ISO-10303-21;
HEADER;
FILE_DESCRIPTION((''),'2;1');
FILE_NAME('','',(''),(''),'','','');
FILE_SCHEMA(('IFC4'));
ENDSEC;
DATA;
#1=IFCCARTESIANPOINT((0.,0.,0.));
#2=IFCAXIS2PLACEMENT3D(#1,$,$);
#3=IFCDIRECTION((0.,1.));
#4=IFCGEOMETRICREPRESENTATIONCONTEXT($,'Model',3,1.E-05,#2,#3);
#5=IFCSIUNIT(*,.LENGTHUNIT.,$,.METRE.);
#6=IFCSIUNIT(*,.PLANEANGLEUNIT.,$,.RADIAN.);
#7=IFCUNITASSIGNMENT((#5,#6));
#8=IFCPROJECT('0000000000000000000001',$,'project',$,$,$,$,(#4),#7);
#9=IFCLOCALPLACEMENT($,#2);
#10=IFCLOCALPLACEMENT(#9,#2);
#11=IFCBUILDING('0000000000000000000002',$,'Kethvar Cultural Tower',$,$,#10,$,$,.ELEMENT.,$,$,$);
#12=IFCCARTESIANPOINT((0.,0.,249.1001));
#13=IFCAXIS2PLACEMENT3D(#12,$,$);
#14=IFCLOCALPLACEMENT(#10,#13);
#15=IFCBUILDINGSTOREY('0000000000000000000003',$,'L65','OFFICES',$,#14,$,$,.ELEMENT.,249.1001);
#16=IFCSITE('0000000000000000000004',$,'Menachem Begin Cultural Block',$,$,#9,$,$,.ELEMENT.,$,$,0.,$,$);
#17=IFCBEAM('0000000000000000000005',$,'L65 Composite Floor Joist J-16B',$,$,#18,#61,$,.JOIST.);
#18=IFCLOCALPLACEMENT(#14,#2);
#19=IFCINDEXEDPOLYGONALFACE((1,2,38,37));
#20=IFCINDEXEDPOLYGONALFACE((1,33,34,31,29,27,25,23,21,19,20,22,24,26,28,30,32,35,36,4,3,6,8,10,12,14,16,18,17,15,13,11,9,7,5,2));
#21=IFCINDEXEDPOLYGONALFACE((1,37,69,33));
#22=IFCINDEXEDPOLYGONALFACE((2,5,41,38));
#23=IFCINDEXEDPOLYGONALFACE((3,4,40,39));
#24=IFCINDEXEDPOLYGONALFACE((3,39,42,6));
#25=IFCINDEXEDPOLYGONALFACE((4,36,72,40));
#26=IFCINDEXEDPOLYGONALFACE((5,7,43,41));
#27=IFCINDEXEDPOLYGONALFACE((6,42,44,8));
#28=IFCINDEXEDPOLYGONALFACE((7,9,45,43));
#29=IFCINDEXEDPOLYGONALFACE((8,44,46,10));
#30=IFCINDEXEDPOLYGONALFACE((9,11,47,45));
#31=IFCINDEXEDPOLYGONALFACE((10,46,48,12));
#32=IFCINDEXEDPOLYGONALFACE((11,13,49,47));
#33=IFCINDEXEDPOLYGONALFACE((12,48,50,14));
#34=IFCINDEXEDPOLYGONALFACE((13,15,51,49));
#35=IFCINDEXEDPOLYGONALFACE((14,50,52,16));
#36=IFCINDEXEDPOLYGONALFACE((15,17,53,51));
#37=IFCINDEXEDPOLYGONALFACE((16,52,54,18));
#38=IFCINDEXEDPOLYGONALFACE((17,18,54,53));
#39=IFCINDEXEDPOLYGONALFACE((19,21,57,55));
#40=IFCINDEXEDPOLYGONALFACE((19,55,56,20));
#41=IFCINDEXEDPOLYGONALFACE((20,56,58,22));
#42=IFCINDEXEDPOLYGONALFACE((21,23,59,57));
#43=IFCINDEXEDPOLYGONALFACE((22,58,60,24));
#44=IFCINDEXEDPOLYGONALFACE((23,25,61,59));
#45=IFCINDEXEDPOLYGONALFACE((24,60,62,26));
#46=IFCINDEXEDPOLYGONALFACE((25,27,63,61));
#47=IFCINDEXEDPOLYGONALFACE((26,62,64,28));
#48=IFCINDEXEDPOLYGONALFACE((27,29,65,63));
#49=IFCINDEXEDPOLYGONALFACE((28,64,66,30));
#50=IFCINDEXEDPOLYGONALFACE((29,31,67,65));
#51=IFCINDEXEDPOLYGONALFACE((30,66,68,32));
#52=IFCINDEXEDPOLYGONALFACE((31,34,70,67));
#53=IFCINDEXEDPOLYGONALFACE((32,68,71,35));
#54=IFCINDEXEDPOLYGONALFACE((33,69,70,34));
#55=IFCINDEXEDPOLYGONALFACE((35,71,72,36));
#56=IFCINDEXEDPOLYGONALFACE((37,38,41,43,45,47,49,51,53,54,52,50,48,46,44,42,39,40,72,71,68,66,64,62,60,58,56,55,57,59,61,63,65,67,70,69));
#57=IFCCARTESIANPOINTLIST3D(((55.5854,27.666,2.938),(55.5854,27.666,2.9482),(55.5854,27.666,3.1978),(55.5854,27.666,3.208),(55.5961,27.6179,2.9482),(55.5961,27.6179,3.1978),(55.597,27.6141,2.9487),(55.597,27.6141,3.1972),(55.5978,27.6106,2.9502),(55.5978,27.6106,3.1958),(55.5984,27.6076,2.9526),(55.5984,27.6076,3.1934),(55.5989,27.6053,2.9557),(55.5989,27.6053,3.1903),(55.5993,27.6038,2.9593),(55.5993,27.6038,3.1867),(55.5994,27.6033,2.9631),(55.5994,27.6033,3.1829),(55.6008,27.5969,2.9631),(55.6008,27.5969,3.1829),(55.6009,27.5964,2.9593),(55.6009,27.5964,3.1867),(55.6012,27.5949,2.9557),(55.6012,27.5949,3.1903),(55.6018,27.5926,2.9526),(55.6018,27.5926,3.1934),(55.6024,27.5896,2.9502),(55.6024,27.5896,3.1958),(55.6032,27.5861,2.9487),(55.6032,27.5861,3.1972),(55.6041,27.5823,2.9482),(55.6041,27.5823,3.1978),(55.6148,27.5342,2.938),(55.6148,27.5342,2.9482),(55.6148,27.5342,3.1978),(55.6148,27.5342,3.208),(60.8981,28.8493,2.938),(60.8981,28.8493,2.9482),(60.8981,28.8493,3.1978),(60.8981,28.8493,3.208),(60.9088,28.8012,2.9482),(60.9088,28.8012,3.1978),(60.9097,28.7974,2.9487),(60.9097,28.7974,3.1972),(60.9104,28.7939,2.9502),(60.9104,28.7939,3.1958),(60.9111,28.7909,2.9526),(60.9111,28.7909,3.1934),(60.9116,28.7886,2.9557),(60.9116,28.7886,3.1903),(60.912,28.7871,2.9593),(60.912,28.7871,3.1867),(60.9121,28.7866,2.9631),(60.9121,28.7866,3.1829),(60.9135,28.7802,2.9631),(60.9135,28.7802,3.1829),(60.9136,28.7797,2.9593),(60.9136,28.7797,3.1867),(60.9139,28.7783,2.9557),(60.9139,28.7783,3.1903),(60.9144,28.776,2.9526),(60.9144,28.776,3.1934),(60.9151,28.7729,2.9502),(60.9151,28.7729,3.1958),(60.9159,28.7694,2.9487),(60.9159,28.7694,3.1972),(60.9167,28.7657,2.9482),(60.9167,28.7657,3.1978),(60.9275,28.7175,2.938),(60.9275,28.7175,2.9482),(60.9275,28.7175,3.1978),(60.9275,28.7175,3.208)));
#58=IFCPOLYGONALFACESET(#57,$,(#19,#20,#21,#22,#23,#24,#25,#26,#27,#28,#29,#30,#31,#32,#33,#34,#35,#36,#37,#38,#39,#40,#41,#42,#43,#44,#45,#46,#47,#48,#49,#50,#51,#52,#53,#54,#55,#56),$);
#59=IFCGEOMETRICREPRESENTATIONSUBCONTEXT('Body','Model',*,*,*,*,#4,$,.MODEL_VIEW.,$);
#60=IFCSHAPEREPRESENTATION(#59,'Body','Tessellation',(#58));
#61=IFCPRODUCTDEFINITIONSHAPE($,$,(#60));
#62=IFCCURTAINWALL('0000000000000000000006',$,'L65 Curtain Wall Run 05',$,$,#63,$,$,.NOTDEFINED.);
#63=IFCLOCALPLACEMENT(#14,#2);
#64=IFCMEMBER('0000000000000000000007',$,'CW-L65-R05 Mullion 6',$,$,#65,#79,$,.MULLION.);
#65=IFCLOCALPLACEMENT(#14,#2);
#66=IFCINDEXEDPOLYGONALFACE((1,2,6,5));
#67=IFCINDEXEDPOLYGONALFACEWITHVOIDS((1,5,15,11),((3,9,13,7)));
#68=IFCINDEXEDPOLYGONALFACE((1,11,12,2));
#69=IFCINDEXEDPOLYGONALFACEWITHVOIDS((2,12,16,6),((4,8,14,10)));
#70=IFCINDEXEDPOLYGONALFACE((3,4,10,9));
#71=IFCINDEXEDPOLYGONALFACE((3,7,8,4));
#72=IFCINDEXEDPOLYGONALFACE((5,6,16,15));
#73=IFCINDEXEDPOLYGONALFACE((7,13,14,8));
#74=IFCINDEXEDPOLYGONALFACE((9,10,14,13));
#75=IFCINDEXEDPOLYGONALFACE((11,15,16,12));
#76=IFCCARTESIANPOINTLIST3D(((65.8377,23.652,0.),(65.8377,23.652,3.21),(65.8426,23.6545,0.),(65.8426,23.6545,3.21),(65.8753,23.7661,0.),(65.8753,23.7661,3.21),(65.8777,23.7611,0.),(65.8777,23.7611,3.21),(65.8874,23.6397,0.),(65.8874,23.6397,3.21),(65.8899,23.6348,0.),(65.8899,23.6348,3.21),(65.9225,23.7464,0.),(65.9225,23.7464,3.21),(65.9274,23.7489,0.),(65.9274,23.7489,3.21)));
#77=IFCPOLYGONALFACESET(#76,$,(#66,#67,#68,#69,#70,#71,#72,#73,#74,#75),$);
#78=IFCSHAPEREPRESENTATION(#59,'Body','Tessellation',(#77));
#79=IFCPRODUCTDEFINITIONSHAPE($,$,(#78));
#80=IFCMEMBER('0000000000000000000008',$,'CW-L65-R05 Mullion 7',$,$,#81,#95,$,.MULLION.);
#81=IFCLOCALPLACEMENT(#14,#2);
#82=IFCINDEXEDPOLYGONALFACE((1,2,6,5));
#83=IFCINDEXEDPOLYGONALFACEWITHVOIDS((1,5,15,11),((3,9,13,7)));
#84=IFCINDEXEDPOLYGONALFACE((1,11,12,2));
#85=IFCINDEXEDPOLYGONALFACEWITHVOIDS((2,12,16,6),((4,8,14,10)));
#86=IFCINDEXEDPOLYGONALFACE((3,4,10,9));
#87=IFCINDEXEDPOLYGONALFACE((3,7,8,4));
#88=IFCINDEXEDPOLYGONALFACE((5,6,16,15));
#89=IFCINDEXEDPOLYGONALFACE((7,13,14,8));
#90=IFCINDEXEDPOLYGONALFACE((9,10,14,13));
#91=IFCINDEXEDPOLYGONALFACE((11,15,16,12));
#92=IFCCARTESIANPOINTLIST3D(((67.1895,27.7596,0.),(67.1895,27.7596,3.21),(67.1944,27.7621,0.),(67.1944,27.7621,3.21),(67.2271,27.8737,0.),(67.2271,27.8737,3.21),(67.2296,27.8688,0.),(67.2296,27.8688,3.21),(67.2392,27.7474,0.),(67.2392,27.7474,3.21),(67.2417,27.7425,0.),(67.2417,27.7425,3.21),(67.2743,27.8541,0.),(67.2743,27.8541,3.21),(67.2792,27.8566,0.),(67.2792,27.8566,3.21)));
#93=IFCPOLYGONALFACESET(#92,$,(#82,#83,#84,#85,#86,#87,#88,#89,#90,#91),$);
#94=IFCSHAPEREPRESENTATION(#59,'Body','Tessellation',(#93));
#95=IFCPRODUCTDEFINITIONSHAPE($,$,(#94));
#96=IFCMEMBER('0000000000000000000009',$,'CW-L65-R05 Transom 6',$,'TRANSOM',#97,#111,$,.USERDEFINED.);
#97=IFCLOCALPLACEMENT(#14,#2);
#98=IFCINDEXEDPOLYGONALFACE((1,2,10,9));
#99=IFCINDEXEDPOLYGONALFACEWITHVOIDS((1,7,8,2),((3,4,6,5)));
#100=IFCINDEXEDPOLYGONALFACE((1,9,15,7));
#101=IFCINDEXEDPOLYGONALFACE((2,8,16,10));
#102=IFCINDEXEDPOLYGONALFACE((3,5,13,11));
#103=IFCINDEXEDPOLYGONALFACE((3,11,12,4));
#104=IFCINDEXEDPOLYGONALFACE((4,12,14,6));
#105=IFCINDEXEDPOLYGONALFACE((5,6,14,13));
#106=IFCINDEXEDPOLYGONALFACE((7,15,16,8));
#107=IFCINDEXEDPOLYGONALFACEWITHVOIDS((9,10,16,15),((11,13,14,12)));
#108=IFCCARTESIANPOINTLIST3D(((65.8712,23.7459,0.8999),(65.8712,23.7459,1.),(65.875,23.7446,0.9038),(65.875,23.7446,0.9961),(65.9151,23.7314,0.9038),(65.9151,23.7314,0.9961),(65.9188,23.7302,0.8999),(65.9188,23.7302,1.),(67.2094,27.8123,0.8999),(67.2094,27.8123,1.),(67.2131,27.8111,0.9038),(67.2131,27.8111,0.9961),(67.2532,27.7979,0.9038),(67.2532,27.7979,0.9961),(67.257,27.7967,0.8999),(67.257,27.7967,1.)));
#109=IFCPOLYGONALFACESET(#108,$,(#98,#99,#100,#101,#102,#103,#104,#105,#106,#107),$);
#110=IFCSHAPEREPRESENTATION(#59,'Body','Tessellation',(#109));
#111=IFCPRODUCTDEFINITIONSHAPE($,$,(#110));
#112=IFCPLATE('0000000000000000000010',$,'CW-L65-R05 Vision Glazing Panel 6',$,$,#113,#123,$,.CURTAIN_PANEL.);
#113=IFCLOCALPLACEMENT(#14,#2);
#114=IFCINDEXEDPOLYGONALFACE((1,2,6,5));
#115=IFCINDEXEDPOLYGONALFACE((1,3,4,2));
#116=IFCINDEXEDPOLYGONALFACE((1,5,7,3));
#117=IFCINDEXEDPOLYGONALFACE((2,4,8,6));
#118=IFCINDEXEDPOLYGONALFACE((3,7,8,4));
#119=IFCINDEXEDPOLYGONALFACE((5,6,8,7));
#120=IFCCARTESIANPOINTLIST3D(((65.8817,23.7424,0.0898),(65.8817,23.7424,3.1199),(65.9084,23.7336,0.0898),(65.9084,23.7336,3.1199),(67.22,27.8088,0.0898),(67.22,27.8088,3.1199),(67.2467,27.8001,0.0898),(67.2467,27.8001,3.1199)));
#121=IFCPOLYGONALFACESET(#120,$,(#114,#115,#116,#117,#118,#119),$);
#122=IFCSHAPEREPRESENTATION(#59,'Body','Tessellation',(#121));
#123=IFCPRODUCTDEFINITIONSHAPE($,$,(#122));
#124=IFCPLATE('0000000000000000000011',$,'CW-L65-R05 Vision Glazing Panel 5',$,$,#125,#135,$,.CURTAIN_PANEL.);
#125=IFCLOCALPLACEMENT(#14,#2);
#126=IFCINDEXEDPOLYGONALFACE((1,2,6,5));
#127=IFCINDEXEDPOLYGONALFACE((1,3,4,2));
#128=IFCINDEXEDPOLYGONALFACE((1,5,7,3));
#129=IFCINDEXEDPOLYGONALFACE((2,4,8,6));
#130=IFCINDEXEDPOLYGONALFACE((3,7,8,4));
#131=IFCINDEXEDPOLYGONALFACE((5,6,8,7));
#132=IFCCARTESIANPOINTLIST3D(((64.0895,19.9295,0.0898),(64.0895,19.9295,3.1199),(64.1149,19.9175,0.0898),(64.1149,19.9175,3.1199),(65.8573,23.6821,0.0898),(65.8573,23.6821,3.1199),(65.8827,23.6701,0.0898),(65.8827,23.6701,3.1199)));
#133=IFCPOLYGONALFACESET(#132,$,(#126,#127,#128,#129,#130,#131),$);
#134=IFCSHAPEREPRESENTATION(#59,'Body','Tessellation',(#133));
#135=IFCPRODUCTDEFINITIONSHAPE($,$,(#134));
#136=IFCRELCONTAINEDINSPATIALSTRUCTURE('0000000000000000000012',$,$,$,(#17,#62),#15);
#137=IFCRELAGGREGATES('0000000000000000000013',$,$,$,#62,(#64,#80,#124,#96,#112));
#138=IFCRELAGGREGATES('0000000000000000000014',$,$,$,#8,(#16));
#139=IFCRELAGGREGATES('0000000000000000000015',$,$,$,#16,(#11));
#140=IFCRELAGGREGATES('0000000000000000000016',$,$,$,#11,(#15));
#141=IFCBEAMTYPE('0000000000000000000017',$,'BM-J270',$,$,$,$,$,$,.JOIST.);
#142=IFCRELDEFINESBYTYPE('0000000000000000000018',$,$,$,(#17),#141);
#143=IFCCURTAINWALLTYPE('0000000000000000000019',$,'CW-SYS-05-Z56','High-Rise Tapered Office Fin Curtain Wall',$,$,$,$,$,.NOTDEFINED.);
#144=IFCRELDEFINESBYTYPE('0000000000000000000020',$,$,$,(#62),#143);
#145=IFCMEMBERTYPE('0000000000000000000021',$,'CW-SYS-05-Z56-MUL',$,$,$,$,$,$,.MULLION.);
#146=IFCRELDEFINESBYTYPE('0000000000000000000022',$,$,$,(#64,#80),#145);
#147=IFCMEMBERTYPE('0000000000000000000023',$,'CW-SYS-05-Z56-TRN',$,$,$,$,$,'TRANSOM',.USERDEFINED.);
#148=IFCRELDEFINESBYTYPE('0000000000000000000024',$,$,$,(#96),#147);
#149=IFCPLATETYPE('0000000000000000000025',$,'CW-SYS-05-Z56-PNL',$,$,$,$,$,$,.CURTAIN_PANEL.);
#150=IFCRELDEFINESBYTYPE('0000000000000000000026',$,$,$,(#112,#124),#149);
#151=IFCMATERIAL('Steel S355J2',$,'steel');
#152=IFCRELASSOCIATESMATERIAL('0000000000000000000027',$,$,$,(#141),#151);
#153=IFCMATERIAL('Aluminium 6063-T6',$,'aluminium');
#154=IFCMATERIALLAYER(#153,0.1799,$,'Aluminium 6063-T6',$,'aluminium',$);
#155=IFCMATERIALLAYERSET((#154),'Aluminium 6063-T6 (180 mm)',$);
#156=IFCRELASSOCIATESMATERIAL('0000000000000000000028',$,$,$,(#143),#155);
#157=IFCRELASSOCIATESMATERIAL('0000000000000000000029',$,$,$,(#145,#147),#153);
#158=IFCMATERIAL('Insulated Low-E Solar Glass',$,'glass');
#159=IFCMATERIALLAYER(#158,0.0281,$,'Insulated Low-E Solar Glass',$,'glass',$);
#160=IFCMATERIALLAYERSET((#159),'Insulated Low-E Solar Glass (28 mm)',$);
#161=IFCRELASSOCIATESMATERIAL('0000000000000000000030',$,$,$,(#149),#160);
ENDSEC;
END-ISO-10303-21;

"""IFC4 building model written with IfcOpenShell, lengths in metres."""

from ifc_helpers import new_model, si_unit, direction, frame, origin, origin_2d, place, context, subcontext, project, spatial, rectangle, hollow_rectangle, i_section, extrude, source, transform, mapped, material, layer, layer_set, material_profile, profile_set, type_object, element, aggregate, save


model = new_model("IFC4")

# Units and contexts
model_context = context("Model", 3, precision=1e-05, world=origin(), true_north=direction((0.0, 1.0)))
body_context = subcontext(model_context, "Body", "Model", "MODEL_VIEW")
ifc_project = project(units=[si_unit("LENGTHUNIT", "METRE"), si_unit("PLANEANGLEUNIT", "RADIAN")], contexts=[model_context])

# Site, building, storey
site_placement = place(None, origin())
site = spatial("IfcSite", under=ifc_project, at=site_placement, Name="Menachem Begin Cultural Block", CompositionType="ELEMENT", RefElevation=0.0)
building_placement = place(site_placement, origin())
building = spatial("IfcBuilding", under=site, at=building_placement, Name="Kethvar Cultural Tower", CompositionType="ELEMENT")
storey_placement = place(building_placement, frame((0.0, 0.0, 249.1001)))
storey = spatial("IfcBuildingStorey", under=building, at=storey_placement, Name="L65", Description="OFFICES", CompositionType="ELEMENT", Elevation=249.1001)

# Beam
ifc_material_1 = material(Name="Steel S355J2", Category="steel")
ifc_material_profile_1 = material_profile(ifc_material_1, i_section(OverallWidth=0.135, OverallDepth=0.27, WebThickness=0.0066, FlangeThickness=0.0103, FilletRadius=0.0149, at=origin_2d()), Name="Steel S355J2 — IPE270")
ifc_profile_set_1 = profile_set([ifc_material_profile_1], Name="Steel S355J2 — IPE270")
beam_type_1 = type_object("IfcBeamType", Name="BM-J270", PredefinedType="JOIST", material=ifc_profile_set_1)
shared_shape_1 = source(origin(), body_context, "Body", "SweptSolid", [
    extrude(i_section(OverallWidth=0.135, OverallDepth=0.27, WebThickness=0.0066, FlangeThickness=0.0103, FilletRadius=0.0149, at=origin_2d()), origin(), (0.0, 0.0, 1.0), 5.4429),
])
beam_1_placement = place(storey_placement, frame((55.6001, 27.6001, 3.073), z_axis=(0.97608, 0.21741, 0.0), x_axis=(-0.21741, 0.97608, 0.0)))
element("IfcBeam", 1, at=beam_1_placement, inside=storey, type_object=beam_type_1, Name="L65 Composite Floor Joist J-16B", PredefinedType="JOIST", context=body_context, shape_type="MappedRepresentation", body=[
    mapped(shared_shape_1, transform((0.0, 0.0, 0.0), scale=1.0)),
])

# Curtain wall, members, plates
ifc_material_2 = material(Name="Aluminium 6063-T6", Category="aluminium")
ifc_layer_1 = layer(ifc_material_2, 0.1799, Name="Aluminium 6063-T6", Category="aluminium")
ifc_layer_set_1 = layer_set([ifc_layer_1], Name="Aluminium 6063-T6 (180 mm)")
curtain_wall_type = type_object("IfcCurtainWallType", Name="CW-SYS-05-Z56", Description="High-Rise Tapered Office Fin Curtain Wall", PredefinedType="NOTDEFINED", material=ifc_layer_set_1)
curtain_wall_placement = place(storey_placement, origin())
curtain_wall = element("IfcCurtainWall", 2, at=curtain_wall_placement, inside=storey, type_object=curtain_wall_type, Name="L65 Curtain Wall Run 05", PredefinedType="NOTDEFINED")
ifc_material_profile_2 = material_profile(ifc_material_2, hollow_rectangle(XDim=0.0549, YDim=0.1201, WallThickness=0.0039, at=origin_2d()), Name="Aluminium 6063-T6 — RHS120x55x4")
ifc_profile_set_2 = profile_set([ifc_material_profile_2], Name="Aluminium 6063-T6 — RHS120x55x4")
member_type_1 = type_object("IfcMemberType", Name="CW-SYS-05-Z56-MUL", PredefinedType="MULLION", material=ifc_profile_set_2)
shared_shape_2 = source(origin(), body_context, "Body", "SweptSolid", [
    extrude(hollow_rectangle(XDim=0.0549, YDim=0.1201, WallThickness=0.0039, at=origin_2d()), origin(), (0.0, 0.0, 1.0), 3.21),
])
member_1_placement = place(storey_placement, frame((65.8826, 23.7004, 0.0), z_axis=(0.0, 0.0, 1.0), x_axis=(-0.949879, 0.312617, 0.0)))
member_1 = element("IfcMember", 3, at=member_1_placement, type_object=member_type_1, Name="CW-L65-R05 Mullion 6", PredefinedType="MULLION", context=body_context, shape_type="MappedRepresentation", body=[
    mapped(shared_shape_2, transform((0.0, 0.0, 0.0), scale=1.0)),
])
member_2_placement = place(storey_placement, frame((67.2344, 27.8081, 0.0), z_axis=(0.0, 0.0, 1.0), x_axis=(-0.949879, 0.312617, 0.0)))
member_2 = element("IfcMember", 4, at=member_2_placement, type_object=member_type_1, Name="CW-L65-R05 Mullion 7", PredefinedType="MULLION", context=body_context, shape_type="MappedRepresentation", body=[
    mapped(shared_shape_2, transform((0.0, 0.0, 0.0), scale=1.0)),
])
ifc_material_profile_3 = material_profile(ifc_material_2, hollow_rectangle(XDim=0.05, YDim=0.1001, WallThickness=0.0039, at=origin_2d()), Name="Aluminium 6063-T6 — RHS100x50x4")
ifc_profile_set_3 = profile_set([ifc_material_profile_3], Name="Aluminium 6063-T6 — RHS100x50x4")
member_type_2 = type_object("IfcMemberType", Name="CW-SYS-05-Z56-TRN", ElementType="TRANSOM", PredefinedType="USERDEFINED", material=ifc_profile_set_3)
shared_shape_3 = source(origin(), body_context, "Body", "SweptSolid", [
    extrude(hollow_rectangle(XDim=0.05, YDim=0.1001, WallThickness=0.0039, at=origin_2d()), origin(), (0.0, 0.0, 1.0), 4.281),
])
member_3_placement = place(storey_placement, frame((65.895, 23.738, 0.95), z_axis=(0.312581, 0.949891, 0.0), x_axis=(-0.949891, 0.312581, 0.0)))
member_3 = element("IfcMember", 5, at=member_3_placement, type_object=member_type_2, Name="CW-L65-R05 Transom 6", ObjectType="TRANSOM", PredefinedType="USERDEFINED", context=body_context, shape_type="MappedRepresentation", body=[
    mapped(shared_shape_3, transform((0.0, 0.0, 0.0), scale=1.0)),
])
ifc_material_3 = material(Name="Insulated Low-E Solar Glass", Category="glass")
ifc_layer_2 = layer(ifc_material_3, 0.0281, Name="Insulated Low-E Solar Glass", Category="glass")
ifc_layer_set_2 = layer_set([ifc_layer_2], Name="Insulated Low-E Solar Glass (28 mm)")
plate_type = type_object("IfcPlateType", Name="CW-SYS-05-Z56-PNL", PredefinedType="CURTAIN_PANEL", material=ifc_layer_set_2)
shared_shape_4 = source(origin(), body_context, "Body", "SweptSolid", [
    extrude(rectangle(XDim=4.281, YDim=0.0281, at=origin_2d()), origin(), (0.0, 0.0, 1.0), 3.03),
])
plate_1_placement = place(storey_placement, frame((66.5642, 25.7712, 0.0898), z_axis=(0.0, 0.0, 1.0), x_axis=(0.312617, 0.949879, 0.0)))
plate_1 = element("IfcPlate", 6, at=plate_1_placement, type_object=plate_type, Name="CW-L65-R05 Vision Glazing Panel 6", PredefinedType="CURTAIN_PANEL", context=body_context, shape_type="MappedRepresentation", body=[
    mapped(shared_shape_4, transform((0.0, 0.0, 0.0), scale=1.0)),
])
shared_shape_5 = source(origin(), body_context, "Body", "SweptSolid", [
    extrude(rectangle(XDim=4.1482, YDim=0.0281, at=origin_2d()), origin(), (0.0, 0.0, 1.0), 3.03),
])
plate_2_placement = place(storey_placement, frame((64.9861, 21.7998, 0.0898), z_axis=(0.0, 0.0, 1.0), x_axis=(0.426174, 0.904641, 0.0)))
plate_2 = element("IfcPlate", 7, at=plate_2_placement, type_object=plate_type, Name="CW-L65-R05 Vision Glazing Panel 5", PredefinedType="CURTAIN_PANEL", context=body_context, shape_type="MappedRepresentation", body=[
    mapped(shared_shape_5, transform((0.0, 0.0, 0.0), scale=1.0)),
])
aggregate(curtain_wall, [member_1, member_2, plate_2, member_3, plate_1])

save(model, "model.ifc")
